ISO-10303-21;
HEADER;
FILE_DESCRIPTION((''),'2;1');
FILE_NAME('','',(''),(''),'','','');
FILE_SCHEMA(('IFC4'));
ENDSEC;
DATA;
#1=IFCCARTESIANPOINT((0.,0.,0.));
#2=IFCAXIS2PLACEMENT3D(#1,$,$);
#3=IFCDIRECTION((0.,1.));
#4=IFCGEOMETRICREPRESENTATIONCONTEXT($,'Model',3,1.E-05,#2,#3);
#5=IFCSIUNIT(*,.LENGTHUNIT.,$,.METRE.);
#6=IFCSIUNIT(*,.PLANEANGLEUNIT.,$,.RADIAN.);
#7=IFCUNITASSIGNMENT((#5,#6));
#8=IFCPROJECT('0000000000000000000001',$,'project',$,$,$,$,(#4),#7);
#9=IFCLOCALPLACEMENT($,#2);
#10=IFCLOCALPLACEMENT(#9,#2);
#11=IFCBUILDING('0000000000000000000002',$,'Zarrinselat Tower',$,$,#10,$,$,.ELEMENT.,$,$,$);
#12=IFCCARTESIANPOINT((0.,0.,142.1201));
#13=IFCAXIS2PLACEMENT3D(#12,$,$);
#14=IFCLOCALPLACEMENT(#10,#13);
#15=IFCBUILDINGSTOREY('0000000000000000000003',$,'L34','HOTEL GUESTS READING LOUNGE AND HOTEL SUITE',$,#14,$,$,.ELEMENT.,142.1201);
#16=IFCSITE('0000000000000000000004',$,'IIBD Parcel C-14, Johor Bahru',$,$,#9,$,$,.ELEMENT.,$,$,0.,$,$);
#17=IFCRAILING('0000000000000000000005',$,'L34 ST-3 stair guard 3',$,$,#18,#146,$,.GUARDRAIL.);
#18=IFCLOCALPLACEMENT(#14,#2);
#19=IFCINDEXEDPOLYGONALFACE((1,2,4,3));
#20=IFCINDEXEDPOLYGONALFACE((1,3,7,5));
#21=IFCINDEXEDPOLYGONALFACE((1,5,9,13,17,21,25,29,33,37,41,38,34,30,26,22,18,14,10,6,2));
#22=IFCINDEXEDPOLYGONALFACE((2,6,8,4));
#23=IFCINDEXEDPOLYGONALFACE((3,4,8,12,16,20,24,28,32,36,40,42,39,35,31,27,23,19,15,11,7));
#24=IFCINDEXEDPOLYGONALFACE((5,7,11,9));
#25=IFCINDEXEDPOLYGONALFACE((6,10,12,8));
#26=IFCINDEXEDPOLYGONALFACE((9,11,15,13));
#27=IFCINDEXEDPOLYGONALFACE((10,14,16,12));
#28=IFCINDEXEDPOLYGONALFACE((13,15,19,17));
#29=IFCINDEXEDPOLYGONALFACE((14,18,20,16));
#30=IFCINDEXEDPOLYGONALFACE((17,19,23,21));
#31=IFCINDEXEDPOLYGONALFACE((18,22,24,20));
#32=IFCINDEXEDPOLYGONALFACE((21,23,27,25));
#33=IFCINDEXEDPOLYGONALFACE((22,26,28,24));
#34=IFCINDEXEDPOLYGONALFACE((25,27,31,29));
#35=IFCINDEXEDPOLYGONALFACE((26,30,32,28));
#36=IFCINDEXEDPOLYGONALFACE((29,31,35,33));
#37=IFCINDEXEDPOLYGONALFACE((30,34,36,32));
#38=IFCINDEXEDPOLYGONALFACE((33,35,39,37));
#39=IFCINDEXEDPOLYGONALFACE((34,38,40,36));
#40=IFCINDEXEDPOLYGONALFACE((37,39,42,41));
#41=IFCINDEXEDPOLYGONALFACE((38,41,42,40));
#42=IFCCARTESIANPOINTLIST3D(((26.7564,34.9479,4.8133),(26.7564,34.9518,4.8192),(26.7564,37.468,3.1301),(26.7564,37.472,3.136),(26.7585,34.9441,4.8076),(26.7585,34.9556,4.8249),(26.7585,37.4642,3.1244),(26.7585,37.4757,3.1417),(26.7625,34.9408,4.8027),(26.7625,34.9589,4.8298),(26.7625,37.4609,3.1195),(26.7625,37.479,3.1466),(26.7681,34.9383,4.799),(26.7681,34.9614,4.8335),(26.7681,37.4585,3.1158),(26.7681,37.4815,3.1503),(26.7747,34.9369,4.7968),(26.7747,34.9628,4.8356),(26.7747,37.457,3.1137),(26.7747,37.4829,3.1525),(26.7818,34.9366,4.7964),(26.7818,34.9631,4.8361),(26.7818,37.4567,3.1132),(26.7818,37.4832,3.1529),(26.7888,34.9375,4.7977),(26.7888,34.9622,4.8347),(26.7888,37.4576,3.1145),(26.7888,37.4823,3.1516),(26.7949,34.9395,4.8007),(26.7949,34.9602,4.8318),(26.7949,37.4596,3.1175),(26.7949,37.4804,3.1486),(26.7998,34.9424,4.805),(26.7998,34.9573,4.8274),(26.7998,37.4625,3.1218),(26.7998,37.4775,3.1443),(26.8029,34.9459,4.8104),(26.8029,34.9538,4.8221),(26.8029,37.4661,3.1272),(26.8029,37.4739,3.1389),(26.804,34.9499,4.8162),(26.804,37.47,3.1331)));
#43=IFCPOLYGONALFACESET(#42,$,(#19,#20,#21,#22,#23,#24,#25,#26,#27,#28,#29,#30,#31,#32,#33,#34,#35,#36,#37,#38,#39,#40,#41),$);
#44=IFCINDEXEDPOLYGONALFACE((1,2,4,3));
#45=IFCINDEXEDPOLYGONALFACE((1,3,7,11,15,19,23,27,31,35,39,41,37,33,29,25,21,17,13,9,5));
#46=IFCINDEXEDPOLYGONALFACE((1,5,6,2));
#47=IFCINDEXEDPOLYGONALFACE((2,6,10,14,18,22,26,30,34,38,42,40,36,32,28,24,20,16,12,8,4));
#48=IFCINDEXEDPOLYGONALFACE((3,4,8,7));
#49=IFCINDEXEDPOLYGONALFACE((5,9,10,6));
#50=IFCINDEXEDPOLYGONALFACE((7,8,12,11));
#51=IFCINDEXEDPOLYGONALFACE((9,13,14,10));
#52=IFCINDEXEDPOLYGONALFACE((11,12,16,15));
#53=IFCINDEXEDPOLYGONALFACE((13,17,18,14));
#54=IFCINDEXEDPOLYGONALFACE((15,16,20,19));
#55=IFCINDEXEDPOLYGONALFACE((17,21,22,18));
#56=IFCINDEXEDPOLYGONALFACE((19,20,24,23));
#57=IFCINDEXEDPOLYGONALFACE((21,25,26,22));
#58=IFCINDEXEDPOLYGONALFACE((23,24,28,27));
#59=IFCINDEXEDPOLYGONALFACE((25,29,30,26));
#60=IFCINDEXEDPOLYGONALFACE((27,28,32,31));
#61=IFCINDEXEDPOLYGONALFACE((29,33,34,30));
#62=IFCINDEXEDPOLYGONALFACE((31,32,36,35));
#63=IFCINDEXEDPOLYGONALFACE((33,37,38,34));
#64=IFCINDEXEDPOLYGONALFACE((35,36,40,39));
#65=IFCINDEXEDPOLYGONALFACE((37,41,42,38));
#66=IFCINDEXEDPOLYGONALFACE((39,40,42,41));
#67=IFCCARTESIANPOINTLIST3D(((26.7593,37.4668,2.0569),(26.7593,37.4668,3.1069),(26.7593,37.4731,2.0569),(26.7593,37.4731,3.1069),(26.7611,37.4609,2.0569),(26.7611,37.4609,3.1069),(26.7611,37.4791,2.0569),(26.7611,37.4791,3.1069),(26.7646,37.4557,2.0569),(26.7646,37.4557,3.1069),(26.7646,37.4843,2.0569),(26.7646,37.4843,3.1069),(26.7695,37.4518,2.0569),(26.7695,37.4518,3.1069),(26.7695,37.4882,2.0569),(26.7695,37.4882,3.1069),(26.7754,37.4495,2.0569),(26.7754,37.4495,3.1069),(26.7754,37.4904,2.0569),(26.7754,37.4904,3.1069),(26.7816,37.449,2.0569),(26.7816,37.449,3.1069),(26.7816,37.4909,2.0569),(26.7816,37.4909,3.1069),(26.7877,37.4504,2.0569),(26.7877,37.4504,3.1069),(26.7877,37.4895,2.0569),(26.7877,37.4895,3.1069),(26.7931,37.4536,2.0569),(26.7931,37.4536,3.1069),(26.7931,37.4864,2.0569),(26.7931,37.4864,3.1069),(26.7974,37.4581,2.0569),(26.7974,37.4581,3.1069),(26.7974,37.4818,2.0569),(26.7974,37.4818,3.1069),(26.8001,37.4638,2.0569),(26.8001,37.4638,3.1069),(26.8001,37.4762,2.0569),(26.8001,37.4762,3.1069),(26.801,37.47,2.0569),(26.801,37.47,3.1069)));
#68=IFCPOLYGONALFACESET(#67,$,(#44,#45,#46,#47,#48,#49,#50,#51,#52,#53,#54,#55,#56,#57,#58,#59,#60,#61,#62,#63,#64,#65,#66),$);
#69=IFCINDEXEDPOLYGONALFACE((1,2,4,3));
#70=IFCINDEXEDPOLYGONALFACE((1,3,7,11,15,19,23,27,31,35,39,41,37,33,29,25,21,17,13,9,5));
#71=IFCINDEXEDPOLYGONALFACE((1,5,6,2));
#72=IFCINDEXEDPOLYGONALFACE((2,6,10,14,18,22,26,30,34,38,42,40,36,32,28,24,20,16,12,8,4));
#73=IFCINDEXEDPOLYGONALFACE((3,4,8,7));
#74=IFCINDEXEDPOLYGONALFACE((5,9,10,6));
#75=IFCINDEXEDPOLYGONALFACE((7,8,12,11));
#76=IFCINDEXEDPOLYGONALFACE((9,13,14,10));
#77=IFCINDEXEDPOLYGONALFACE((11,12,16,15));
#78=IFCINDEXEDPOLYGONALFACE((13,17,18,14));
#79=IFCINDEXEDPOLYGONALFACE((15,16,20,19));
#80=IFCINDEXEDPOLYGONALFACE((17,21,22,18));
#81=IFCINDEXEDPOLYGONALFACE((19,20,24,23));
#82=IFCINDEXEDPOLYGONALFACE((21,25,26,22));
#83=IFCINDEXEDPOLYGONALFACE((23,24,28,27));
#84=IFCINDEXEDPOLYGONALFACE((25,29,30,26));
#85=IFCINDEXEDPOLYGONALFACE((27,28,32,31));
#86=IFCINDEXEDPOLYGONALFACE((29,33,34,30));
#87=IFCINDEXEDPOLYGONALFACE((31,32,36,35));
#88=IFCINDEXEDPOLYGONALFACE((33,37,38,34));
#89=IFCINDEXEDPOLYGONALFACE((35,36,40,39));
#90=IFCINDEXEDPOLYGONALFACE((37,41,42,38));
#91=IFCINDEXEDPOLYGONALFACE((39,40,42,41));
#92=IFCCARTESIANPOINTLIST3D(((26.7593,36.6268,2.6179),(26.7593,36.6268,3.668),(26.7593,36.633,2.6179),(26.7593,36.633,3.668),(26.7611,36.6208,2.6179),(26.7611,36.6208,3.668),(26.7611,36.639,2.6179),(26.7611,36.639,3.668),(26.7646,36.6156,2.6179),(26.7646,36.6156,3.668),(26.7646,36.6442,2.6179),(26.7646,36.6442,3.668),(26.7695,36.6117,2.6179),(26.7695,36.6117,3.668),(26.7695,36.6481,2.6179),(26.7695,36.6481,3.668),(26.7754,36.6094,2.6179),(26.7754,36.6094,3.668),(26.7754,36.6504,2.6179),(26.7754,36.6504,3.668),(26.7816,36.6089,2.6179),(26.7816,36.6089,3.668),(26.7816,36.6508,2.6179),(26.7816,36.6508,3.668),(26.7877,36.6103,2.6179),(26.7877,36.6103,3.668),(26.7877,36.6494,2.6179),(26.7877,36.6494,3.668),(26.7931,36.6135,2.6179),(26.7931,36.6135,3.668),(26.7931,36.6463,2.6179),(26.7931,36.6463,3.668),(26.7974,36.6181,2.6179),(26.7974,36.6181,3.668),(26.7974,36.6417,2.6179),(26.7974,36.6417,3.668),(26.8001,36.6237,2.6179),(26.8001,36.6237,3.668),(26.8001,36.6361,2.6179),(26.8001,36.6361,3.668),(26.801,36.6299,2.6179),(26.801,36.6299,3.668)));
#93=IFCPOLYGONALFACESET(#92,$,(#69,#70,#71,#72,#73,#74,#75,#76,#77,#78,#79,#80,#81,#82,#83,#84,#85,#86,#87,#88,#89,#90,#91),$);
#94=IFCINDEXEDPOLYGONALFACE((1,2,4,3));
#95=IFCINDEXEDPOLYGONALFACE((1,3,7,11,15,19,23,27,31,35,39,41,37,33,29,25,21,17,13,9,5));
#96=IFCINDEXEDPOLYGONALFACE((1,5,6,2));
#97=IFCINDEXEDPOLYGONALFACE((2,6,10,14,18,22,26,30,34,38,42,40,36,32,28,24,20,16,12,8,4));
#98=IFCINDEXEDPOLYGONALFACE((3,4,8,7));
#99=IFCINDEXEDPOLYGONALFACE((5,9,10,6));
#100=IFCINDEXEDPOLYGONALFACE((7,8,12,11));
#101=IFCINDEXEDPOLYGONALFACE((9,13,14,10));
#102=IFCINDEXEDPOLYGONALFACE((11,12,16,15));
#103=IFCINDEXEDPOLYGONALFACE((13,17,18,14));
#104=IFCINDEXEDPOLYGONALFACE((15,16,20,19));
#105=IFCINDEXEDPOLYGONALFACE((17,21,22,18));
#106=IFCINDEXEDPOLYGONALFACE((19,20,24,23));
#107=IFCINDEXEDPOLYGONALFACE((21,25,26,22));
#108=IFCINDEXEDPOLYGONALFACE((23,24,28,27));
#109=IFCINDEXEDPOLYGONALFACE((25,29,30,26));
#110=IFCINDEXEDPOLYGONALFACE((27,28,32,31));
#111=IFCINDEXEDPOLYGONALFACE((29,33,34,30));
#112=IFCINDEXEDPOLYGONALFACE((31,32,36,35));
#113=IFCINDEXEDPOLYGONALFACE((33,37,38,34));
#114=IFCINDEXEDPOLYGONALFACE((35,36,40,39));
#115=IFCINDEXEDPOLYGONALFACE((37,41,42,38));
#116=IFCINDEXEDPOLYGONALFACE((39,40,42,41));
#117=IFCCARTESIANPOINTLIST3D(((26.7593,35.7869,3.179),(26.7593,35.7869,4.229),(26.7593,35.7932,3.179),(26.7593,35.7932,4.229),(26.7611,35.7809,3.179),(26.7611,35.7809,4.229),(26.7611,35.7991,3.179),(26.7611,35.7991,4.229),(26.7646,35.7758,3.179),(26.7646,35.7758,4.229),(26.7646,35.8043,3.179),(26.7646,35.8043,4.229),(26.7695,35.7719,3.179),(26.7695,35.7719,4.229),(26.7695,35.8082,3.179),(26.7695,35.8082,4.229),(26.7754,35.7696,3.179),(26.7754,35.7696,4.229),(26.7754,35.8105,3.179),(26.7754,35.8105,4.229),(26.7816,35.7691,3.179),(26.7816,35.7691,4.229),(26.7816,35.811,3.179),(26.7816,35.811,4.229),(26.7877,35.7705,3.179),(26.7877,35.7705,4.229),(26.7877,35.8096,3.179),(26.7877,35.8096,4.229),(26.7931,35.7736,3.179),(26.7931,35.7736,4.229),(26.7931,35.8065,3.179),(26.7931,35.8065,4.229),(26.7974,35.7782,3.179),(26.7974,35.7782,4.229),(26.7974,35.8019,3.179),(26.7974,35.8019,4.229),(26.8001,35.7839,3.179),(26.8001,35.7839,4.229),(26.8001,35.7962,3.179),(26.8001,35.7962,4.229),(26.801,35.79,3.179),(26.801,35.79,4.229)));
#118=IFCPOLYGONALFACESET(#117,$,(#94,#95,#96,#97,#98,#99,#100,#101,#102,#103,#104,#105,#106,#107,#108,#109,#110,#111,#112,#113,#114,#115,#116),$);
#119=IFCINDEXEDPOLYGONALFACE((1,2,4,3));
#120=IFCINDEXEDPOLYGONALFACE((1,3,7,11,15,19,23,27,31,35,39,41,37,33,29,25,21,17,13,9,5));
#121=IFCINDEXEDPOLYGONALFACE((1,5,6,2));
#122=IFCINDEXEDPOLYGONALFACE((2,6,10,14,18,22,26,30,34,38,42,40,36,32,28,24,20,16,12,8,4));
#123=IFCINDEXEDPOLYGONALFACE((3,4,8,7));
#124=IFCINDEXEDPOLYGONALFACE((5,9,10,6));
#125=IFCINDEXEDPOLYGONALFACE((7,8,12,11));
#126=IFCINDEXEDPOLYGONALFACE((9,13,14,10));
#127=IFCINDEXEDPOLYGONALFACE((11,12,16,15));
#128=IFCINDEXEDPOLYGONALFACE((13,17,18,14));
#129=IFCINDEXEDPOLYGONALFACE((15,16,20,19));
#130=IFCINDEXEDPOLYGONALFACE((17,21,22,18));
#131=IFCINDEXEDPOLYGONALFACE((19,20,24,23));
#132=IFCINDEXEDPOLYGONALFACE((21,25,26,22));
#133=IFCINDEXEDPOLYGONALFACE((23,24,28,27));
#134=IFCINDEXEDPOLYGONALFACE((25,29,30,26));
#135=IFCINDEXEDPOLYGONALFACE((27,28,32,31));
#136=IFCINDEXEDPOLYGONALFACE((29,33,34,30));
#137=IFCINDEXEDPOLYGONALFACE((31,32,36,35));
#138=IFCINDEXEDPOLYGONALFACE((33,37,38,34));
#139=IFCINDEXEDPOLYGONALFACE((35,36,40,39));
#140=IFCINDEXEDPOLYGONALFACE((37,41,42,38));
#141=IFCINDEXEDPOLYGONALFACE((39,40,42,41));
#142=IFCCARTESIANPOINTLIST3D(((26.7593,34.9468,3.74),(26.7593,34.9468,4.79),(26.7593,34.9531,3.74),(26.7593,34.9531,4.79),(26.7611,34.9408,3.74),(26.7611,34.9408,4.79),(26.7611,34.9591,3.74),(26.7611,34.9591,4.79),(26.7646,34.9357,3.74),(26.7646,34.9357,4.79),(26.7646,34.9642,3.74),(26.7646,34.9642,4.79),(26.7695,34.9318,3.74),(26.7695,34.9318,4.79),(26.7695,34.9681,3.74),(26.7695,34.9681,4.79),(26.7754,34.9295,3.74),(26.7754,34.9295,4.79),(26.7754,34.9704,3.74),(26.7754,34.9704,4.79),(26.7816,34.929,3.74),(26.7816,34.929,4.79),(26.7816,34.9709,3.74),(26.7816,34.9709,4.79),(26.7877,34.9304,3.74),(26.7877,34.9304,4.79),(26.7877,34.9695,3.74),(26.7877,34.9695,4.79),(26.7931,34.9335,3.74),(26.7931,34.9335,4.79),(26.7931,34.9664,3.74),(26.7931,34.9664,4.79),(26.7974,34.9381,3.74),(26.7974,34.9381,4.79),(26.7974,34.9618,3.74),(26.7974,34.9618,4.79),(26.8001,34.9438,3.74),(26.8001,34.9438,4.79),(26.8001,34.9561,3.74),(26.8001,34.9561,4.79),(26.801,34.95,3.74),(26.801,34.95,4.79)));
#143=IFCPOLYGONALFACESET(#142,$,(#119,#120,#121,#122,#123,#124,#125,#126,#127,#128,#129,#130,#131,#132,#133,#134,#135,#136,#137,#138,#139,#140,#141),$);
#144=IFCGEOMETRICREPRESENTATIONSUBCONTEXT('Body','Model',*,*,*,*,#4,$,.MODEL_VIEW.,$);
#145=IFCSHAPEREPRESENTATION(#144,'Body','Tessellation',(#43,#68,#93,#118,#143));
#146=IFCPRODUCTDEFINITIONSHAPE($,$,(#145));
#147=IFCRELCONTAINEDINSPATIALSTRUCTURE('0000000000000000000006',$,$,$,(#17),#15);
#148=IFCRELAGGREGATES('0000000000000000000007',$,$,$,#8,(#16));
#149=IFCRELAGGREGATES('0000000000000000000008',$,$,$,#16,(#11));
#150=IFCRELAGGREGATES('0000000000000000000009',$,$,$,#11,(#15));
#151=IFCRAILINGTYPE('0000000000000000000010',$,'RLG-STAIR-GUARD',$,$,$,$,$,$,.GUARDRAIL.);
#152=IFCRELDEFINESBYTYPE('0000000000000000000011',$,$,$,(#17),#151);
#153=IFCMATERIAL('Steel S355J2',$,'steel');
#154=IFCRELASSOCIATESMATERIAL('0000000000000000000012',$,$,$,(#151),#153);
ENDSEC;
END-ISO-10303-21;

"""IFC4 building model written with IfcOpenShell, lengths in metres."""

from ifc_helpers import new_model, si_unit, direction, frame, origin, origin_2d, place, context, subcontext, project, spatial, circle, extrude, material, type_object, element, save


model = new_model("IFC4")

# Units and contexts
model_context = context("Model", 3, precision=1e-05, world=origin(), true_north=direction((0.0, 1.0)))
body_context = subcontext(model_context, "Body", "Model", "MODEL_VIEW")
ifc_project = project(units=[si_unit("LENGTHUNIT", "METRE"), si_unit("PLANEANGLEUNIT", "RADIAN")], contexts=[model_context])

# Site, building, storey
site_placement = place(None, origin())
site = spatial("IfcSite", under=ifc_project, at=site_placement, Name="IIBD Parcel C-14, Johor Bahru", CompositionType="ELEMENT", RefElevation=0.0)
building_placement = place(site_placement, origin())
building = spatial("IfcBuilding", under=site, at=building_placement, Name="Zarrinselat Tower", CompositionType="ELEMENT")
storey_placement = place(building_placement, frame((0.0, 0.0, 142.1201)))
storey = spatial("IfcBuildingStorey", under=building, at=storey_placement, Name="L34", Description="HOTEL GUESTS READING LOUNGE AND HOTEL SUITE", CompositionType="ELEMENT", Elevation=142.1201)

# Railing
ifc_material_1 = material(Name="Steel S355J2", Category="steel")
railing_type_1 = type_object("IfcRailingType", Name="RLG-STAIR-GUARD", PredefinedType="GUARDRAIL", material=ifc_material_1)
railing_1_placement = place(storey_placement, frame((26.78, 37.47, 2.0569)))
element("IfcRailing", 1, at=railing_1_placement, inside=storey, type_object=railing_type_1, Name="L34 ST-3 stair guard 3", PredefinedType="GUARDRAIL", context=body_context, shape_type="SweptSolid", body=[
    extrude(circle(Radius=0.0239, at=origin_2d()), frame((0.0, 0.0, 1.0762), z_axis=(0.0, -0.831579, 0.555406), x_axis=(1.0, 0.0, 0.0)), (0.0, 0.0, 1.0), 3.0305),
    extrude(circle(Radius=0.021, at=origin_2d()), origin(), (0.0, 0.0, 1.0), 1.05),
    extrude(circle(Radius=0.021, at=origin_2d()), frame((0.0, -0.8401, 0.561)), (0.0, 0.0, 1.0), 1.05),
    extrude(circle(Radius=0.021, at=origin_2d()), frame((0.0, -1.6799, 1.1221)), (0.0, 0.0, 1.0), 1.05),
    extrude(circle(Radius=0.021, at=origin_2d()), frame((0.0, -2.52, 1.6831)), (0.0, 0.0, 1.0), 1.05),
])

save(model, "model.ifc")
